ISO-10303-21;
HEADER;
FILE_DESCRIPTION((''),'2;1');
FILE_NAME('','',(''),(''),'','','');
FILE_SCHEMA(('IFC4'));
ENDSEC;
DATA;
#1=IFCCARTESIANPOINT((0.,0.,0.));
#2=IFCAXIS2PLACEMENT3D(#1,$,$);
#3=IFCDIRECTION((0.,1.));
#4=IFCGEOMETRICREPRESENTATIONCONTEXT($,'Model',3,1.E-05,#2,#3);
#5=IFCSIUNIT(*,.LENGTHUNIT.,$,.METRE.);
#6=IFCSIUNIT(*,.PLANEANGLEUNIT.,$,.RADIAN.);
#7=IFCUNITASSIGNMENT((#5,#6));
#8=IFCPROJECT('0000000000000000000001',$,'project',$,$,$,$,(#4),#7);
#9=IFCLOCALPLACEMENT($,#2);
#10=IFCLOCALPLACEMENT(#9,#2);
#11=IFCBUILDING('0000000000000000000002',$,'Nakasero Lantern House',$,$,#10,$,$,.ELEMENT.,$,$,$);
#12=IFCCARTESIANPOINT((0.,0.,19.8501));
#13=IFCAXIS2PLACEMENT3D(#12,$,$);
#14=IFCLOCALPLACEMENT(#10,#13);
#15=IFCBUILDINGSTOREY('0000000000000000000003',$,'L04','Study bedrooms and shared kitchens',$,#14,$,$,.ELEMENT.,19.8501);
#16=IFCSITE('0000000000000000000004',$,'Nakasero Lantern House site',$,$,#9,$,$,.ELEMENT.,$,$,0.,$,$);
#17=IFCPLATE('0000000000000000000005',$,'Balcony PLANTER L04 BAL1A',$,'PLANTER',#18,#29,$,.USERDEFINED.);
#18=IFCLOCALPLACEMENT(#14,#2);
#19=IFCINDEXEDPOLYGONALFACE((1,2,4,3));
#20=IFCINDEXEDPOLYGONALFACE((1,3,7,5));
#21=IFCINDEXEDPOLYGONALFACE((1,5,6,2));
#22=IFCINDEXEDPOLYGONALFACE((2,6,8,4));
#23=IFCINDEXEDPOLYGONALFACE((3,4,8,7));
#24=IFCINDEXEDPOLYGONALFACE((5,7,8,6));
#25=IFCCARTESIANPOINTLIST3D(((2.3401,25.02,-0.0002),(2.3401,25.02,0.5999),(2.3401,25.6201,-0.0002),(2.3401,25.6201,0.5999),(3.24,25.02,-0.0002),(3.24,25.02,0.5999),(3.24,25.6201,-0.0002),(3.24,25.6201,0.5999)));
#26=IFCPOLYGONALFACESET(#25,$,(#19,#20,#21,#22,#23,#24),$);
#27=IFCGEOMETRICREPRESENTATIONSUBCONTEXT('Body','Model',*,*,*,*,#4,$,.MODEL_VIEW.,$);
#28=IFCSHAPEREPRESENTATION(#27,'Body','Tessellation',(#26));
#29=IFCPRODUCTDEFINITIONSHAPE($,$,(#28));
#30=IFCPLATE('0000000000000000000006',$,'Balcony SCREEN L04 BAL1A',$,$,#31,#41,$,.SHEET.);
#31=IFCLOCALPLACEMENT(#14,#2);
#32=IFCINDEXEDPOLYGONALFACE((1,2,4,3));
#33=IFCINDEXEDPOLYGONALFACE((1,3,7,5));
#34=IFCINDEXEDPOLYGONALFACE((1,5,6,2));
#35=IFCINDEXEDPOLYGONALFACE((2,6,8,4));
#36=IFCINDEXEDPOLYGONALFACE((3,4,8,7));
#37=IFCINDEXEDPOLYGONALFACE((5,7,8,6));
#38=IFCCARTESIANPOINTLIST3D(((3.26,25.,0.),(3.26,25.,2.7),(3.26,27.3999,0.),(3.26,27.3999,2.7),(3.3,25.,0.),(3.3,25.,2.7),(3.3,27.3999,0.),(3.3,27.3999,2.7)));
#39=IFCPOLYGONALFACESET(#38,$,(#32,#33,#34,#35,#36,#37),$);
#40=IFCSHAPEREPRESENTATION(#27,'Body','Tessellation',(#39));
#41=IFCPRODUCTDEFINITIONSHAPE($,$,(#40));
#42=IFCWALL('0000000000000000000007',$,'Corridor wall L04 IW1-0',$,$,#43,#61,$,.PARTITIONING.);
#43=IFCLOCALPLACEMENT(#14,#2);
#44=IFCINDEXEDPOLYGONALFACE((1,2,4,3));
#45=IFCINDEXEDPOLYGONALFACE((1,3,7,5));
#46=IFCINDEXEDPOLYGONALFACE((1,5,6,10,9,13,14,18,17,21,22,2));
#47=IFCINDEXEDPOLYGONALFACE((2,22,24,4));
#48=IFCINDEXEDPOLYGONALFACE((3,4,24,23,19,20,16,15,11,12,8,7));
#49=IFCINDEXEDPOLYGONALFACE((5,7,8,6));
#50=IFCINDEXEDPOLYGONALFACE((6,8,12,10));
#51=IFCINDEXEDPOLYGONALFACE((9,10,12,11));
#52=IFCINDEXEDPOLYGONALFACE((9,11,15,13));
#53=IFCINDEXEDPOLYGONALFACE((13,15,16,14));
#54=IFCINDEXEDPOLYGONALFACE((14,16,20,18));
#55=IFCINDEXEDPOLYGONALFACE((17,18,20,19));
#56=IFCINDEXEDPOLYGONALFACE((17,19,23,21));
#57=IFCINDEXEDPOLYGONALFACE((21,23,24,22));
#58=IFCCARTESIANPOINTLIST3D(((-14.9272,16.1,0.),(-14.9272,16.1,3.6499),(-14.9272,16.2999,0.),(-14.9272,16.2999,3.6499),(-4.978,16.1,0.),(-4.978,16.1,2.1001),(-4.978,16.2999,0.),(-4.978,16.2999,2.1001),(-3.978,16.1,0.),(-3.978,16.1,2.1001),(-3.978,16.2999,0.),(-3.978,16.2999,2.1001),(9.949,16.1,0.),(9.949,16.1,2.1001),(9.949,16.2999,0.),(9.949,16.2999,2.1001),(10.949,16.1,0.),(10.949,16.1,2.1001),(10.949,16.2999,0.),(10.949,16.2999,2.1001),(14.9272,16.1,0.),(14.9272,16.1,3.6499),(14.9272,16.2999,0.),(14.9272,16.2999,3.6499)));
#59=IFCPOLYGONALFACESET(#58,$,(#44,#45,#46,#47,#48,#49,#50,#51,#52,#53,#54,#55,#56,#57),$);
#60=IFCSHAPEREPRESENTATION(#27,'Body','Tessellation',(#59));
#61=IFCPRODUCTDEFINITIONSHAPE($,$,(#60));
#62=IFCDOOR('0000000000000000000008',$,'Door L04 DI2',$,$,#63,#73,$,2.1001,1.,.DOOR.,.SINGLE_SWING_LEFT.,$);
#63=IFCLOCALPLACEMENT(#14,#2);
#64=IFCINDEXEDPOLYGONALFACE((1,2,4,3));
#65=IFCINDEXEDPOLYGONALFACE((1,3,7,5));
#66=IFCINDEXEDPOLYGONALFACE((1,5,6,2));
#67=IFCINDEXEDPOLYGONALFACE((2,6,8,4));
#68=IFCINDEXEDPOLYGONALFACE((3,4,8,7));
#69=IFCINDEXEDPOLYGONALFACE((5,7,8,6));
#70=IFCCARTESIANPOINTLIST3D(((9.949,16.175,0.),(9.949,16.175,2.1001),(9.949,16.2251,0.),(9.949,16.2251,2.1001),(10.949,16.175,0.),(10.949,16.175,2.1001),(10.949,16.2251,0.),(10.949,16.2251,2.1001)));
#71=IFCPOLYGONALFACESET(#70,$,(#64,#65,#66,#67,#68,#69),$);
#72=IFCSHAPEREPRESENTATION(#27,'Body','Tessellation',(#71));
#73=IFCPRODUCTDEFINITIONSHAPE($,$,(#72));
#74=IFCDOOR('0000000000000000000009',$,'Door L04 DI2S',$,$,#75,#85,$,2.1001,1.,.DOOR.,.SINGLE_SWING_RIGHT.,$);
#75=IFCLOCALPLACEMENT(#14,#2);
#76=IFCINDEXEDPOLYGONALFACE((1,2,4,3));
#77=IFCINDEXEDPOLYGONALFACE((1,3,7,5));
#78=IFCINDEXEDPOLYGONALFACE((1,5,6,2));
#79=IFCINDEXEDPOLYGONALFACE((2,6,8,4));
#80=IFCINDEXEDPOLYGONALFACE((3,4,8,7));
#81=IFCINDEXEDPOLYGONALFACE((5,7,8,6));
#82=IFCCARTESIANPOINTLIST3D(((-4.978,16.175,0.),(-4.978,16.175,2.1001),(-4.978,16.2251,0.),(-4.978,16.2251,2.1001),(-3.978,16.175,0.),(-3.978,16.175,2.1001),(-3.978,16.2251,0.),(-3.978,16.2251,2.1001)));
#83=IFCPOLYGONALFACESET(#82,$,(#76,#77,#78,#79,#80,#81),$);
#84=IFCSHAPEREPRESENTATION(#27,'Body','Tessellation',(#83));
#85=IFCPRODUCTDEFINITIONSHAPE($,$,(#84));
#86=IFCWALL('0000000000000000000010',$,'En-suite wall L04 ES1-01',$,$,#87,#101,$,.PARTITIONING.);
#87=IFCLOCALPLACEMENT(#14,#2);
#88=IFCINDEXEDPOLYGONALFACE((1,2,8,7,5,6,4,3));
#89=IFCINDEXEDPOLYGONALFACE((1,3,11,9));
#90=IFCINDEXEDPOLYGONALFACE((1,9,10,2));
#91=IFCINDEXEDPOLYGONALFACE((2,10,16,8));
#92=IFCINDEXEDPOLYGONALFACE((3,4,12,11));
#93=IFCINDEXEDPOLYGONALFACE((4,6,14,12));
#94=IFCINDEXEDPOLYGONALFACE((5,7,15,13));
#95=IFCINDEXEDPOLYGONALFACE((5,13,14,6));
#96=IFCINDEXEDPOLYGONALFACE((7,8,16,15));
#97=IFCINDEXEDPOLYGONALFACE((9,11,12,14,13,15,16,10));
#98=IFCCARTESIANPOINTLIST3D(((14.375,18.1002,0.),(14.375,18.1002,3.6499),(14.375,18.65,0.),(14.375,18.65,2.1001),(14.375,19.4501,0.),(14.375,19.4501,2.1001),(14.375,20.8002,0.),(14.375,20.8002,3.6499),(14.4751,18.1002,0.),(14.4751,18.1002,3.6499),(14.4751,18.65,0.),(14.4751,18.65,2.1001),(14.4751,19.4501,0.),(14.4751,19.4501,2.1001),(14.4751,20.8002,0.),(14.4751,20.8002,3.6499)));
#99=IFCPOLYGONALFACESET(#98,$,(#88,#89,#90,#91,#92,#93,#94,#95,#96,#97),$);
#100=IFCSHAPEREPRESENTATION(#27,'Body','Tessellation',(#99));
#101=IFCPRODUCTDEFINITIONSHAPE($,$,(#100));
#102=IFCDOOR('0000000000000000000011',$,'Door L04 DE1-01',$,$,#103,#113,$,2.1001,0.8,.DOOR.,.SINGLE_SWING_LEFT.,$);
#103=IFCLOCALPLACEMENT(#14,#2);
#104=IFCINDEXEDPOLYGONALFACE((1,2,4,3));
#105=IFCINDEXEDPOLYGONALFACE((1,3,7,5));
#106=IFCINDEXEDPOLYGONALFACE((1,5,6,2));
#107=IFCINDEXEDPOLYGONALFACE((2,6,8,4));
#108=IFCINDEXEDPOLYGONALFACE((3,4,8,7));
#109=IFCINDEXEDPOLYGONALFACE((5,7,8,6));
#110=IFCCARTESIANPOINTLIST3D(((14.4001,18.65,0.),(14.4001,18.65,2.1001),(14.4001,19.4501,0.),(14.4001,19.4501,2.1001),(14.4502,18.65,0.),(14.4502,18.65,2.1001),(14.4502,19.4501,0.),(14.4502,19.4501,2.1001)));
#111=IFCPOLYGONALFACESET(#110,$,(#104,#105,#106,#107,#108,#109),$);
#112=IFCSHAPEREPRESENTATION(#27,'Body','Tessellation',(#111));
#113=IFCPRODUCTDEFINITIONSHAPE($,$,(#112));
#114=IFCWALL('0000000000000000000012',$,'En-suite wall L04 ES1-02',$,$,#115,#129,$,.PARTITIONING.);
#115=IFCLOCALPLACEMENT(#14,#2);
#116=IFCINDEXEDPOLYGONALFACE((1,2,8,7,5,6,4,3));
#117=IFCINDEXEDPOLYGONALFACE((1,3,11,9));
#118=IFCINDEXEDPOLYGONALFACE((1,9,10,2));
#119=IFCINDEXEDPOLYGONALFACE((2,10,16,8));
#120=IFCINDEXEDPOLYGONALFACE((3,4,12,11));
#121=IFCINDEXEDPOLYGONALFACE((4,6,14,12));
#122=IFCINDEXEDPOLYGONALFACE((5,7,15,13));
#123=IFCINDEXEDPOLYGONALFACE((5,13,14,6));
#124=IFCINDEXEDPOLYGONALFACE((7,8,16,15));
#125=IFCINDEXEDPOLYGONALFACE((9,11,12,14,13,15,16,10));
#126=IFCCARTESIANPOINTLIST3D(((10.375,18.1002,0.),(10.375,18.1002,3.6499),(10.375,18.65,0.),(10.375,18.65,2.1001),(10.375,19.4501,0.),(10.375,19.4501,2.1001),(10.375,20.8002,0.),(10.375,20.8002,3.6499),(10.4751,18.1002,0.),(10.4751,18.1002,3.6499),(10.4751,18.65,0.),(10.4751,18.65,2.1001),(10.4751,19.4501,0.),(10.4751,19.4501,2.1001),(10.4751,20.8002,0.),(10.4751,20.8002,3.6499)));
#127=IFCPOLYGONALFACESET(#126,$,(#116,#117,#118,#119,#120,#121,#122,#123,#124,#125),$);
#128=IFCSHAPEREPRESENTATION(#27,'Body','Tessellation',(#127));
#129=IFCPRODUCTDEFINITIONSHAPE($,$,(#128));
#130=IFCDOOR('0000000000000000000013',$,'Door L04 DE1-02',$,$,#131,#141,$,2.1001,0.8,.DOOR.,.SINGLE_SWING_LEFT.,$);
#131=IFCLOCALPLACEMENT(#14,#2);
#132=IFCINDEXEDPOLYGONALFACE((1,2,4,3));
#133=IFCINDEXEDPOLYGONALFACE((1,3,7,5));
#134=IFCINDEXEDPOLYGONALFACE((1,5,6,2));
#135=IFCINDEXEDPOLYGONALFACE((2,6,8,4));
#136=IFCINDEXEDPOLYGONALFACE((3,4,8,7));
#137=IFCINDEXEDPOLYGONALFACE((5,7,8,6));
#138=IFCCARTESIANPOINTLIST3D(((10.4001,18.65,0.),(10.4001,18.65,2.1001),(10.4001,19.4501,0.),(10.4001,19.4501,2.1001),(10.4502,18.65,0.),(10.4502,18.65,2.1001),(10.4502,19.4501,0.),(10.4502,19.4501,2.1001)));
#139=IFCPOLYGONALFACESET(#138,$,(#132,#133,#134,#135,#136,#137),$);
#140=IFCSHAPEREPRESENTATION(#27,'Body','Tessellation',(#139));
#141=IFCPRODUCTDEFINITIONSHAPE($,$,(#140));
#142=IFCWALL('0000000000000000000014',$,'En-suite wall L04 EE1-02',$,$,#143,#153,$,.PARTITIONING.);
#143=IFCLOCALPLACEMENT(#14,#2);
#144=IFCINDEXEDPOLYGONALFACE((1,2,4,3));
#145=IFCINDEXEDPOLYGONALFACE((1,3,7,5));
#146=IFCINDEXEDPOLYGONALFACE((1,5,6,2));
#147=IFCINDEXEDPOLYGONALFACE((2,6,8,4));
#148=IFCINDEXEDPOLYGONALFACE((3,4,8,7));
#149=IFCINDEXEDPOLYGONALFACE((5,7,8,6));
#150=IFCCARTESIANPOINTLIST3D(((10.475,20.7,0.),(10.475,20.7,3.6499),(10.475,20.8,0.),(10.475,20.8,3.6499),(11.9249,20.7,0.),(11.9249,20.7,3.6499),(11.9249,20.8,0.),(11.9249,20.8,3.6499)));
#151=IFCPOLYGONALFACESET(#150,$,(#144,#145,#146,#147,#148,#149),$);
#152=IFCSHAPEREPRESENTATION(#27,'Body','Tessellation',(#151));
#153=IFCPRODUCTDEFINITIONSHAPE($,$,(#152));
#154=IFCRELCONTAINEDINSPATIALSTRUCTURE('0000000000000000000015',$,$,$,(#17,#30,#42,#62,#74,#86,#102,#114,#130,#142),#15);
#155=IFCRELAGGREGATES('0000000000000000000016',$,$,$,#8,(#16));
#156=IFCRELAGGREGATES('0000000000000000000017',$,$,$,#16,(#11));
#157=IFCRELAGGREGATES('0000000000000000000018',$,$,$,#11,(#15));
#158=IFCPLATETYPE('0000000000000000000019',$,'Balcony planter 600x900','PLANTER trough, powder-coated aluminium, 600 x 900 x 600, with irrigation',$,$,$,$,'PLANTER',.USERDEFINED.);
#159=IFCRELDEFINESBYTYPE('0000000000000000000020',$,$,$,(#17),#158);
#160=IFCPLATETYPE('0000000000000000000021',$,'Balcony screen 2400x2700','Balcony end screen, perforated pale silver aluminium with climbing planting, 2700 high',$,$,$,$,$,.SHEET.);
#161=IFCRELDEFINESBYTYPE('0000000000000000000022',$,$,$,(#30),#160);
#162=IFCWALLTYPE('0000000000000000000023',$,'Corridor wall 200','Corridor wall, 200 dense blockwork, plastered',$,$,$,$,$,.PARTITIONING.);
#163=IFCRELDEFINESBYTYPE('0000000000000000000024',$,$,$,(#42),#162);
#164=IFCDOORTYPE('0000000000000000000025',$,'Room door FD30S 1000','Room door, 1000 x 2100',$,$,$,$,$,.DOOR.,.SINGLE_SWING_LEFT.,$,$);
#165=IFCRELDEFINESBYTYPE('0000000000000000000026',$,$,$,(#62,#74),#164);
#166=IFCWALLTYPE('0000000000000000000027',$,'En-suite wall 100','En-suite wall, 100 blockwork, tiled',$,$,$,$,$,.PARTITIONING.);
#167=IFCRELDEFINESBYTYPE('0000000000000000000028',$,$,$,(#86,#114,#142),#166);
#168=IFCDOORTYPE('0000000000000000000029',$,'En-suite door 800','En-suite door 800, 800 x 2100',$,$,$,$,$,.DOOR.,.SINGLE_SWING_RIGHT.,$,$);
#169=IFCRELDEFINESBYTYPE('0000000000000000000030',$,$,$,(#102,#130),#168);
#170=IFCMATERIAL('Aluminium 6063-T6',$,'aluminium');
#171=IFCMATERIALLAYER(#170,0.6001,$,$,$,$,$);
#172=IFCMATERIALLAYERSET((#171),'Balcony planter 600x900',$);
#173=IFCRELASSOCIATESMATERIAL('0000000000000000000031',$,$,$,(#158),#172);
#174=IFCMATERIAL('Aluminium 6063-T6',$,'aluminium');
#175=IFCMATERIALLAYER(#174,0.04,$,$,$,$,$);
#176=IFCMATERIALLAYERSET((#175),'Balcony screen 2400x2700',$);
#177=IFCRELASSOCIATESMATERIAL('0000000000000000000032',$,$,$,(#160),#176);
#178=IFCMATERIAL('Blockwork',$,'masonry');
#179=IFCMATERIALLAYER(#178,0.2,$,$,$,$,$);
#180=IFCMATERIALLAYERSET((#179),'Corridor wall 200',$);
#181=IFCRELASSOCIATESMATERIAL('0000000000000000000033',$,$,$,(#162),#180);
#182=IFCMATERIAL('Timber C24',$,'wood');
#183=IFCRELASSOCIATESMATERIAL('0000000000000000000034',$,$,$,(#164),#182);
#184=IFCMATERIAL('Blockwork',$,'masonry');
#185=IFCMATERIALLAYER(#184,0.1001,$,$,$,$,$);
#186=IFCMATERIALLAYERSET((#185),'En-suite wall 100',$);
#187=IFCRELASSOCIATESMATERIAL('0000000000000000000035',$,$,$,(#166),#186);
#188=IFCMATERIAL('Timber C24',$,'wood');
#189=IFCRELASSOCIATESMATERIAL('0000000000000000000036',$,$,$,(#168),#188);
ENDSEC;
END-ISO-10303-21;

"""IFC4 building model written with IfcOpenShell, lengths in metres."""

from ifc_helpers import new_model, si_unit, direction, frame, frame_2d, origin, origin_2d, place, context, subcontext, project, spatial, rectangle, extrude, material, layer, layer_set, type_object, element, fill, save


model = new_model("IFC4")

# Units and contexts
model_context = context("Model", 3, precision=1e-05, world=origin(), true_north=direction((0.0, 1.0)))
body_context = subcontext(model_context, "Body", "Model", "MODEL_VIEW")
ifc_project = project(units=[si_unit("LENGTHUNIT", "METRE"), si_unit("PLANEANGLEUNIT", "RADIAN")], contexts=[model_context])

# Site, building, storey
site_placement = place(None, origin())
site = spatial("IfcSite", under=ifc_project, at=site_placement, Name="Nakasero Lantern House site", CompositionType="ELEMENT", RefElevation=0.0)
building_placement = place(site_placement, origin())
building = spatial("IfcBuilding", under=site, at=building_placement, Name="Nakasero Lantern House", CompositionType="ELEMENT")
storey_placement = place(building_placement, frame((0.0, 0.0, 19.8501)))
storey = spatial("IfcBuildingStorey", under=building, at=storey_placement, Name="L04", Description="Study bedrooms and shared kitchens", CompositionType="ELEMENT", Elevation=19.8501)

# Plates
ifc_material_1 = material(Name="Aluminium 6063-T6", Category="aluminium")
ifc_layer_1 = layer(ifc_material_1, 0.6001)
ifc_layer_set_1 = layer_set([ifc_layer_1], Name="Balcony planter 600x900")
plate_type_1 = type_object("IfcPlateType", Name="Balcony planter 600x900", Description="PLANTER trough, powder-coated aluminium, 600 x 900 x 600, with irrigation", ElementType="PLANTER", PredefinedType="USERDEFINED", material=ifc_layer_set_1)
plate_1_placement = place(storey_placement, frame((2.79, 25.3201, -0.0002), z_axis=(0.0, 0.0, 1.0), x_axis=(0.0, 1.0, 0.0)))
element("IfcPlate", 1, at=plate_1_placement, inside=storey, type_object=plate_type_1, Name="Balcony PLANTER L04 BAL1A", ObjectType="PLANTER", PredefinedType="USERDEFINED", context=body_context, shape_type="SweptSolid", body=[
    extrude(rectangle(XDim=0.6001, YDim=0.8999, at=origin_2d()), origin(), (0.0, 0.0, 1.0), 0.6001),
])
ifc_material_2 = material(Name="Aluminium 6063-T6", Category="aluminium")
ifc_layer_2 = layer(ifc_material_2, 0.04)
ifc_layer_set_2 = layer_set([ifc_layer_2], Name="Balcony screen 2400x2700")
plate_type_2 = type_object("IfcPlateType", Name="Balcony screen 2400x2700", Description="Balcony end screen, perforated pale silver aluminium with climbing planting, 2700 high", PredefinedType="SHEET", material=ifc_layer_set_2)
plate_2_placement = place(storey_placement, frame((3.28, 26.2, 0.0), z_axis=(0.0, 0.0, 1.0), x_axis=(0.0, 1.0, 0.0)))
element("IfcPlate", 2, at=plate_2_placement, inside=storey, type_object=plate_type_2, Name="Balcony SCREEN L04 BAL1A", PredefinedType="SHEET", context=body_context, shape_type="SweptSolid", body=[
    extrude(rectangle(XDim=2.3999, YDim=0.04, at=origin_2d()), origin(), (0.0, 0.0, 1.0), 2.7),
])

# Wall, openings, doors
ifc_material_3 = material(Name="Blockwork", Category="masonry")
ifc_layer_3 = layer(ifc_material_3, 0.2)
ifc_layer_set_3 = layer_set([ifc_layer_3], Name="Corridor wall 200")
wall_type_1 = type_object("IfcWallType", Name="Corridor wall 200", Description="Corridor wall, 200 dense blockwork, plastered", PredefinedType="PARTITIONING", material=ifc_layer_set_3)
wall_1_placement = place(storey_placement, frame((14.9272, 16.2, 0.0), z_axis=(0.0, 0.0, 1.0), x_axis=(-1.0, 0.0, 0.0)))
wall_1 = element("IfcWall", 3, at=wall_1_placement, inside=storey, type_object=wall_type_1, Name="Corridor wall L04 IW1-0", PredefinedType="PARTITIONING", context=body_context, shape_type="SweptSolid", body=[
    extrude(rectangle(XDim=29.8545, YDim=0.2, at=frame_2d((14.9272, 0.0))), origin(), (0.0, 0.0, 1.0), 3.6499),
])
opening_1_placement = place(wall_1_placement, frame((3.9783, 0.0, 0.0)))
opening_1 = element("IfcOpeningElement", 4, at=opening_1_placement, cuts=wall_1, PredefinedType="OPENING", context=body_context, shape_type="SweptSolid", body=[
    extrude(rectangle(XDim=1.0, YDim=2.1001, at=frame_2d((0.5, 1.05))), frame((0.0, 0.1199, 0.0), z_axis=(0.0, -1.0, 0.0), x_axis=(1.0, 0.0, 0.0)), (0.0, 0.0, 1.0), 0.24),
])
opening_2_placement = place(wall_1_placement, frame((18.9053, 0.0, 0.0)))
opening_2 = element("IfcOpeningElement", 5, at=opening_2_placement, cuts=wall_1, PredefinedType="OPENING", context=body_context, shape_type="SweptSolid", body=[
    extrude(rectangle(XDim=1.0, YDim=2.1001, at=frame_2d((0.5, 1.05))), frame((0.0, 0.1199, 0.0), z_axis=(0.0, -1.0, 0.0), x_axis=(1.0, 0.0, 0.0)), (0.0, 0.0, 1.0), 0.24),
])
ifc_material_4 = material(Name="Timber C24", Category="wood")
door_type_1 = type_object("IfcDoorType", Name="Room door FD30S 1000", Description="Room door, 1000 x 2100", OperationType="SINGLE_SWING_LEFT", PredefinedType="DOOR", material=ifc_material_4)
door_1_placement = place(opening_1_placement, origin())
door_1 = element("IfcDoor", 6, at=door_1_placement, inside=storey, type_object=door_type_1, Name="Door L04 DI2", OperationType="SINGLE_SWING_LEFT", OverallHeight=2.1001, OverallWidth=1.0, PredefinedType="DOOR", context=body_context, shape_type="SweptSolid", body=[
    extrude(rectangle(XDim=1.0, YDim=2.1001, at=frame_2d((0.5, 1.05))), frame((0.0, 0.0249, 0.0), z_axis=(0.0, -1.0, 0.0), x_axis=(1.0, 0.0, 0.0)), (0.0, 0.0, 1.0), 0.05),
])
fill(opening_1, door_1)
door_2_placement = place(opening_2_placement, origin())
door_2 = element("IfcDoor", 7, at=door_2_placement, inside=storey, type_object=door_type_1, Name="Door L04 DI2S", OperationType="SINGLE_SWING_RIGHT", OverallHeight=2.1001, OverallWidth=1.0, PredefinedType="DOOR", context=body_context, shape_type="SweptSolid", body=[
    extrude(rectangle(XDim=1.0, YDim=2.1001, at=frame_2d((0.5, 1.05))), frame((0.0, 0.0249, 0.0), z_axis=(0.0, -1.0, 0.0), x_axis=(1.0, 0.0, 0.0)), (0.0, 0.0, 1.0), 0.05),
])
fill(opening_2, door_2)

# Walls, openings, doors
ifc_material_5 = material(Name="Blockwork", Category="masonry")
ifc_layer_4 = layer(ifc_material_5, 0.1001)
ifc_layer_set_4 = layer_set([ifc_layer_4], Name="En-suite wall 100")
wall_type_2 = type_object("IfcWallType", Name="En-suite wall 100", Description="En-suite wall, 100 blockwork, tiled", PredefinedType="PARTITIONING", material=ifc_layer_set_4)
wall_2_placement = place(storey_placement, frame((14.425, 18.1001, 0.0), z_axis=(0.0, 0.0, 1.0), x_axis=(0.0, 1.0, 0.0)))
wall_2 = element("IfcWall", 8, at=wall_2_placement, inside=storey, type_object=wall_type_2, Name="En-suite wall L04 ES1-01", PredefinedType="PARTITIONING", context=body_context, shape_type="SweptSolid", body=[
    extrude(rectangle(XDim=2.7, YDim=0.1001, at=frame_2d((1.3501, 0.0))), origin(), (0.0, 0.0, 1.0), 3.6499),
])
opening_3_placement = place(wall_2_placement, frame((0.55, 0.0, 0.0)))
opening_3 = element("IfcOpeningElement", 9, at=opening_3_placement, cuts=wall_2, PredefinedType="OPENING", context=body_context, shape_type="SweptSolid", body=[
    extrude(rectangle(XDim=0.8, YDim=2.1001, at=frame_2d((0.3999, 1.05))), frame((0.0, 0.0701, 0.0), z_axis=(0.0, -1.0, 0.0), x_axis=(1.0, 0.0, 0.0)), (0.0, 0.0, 1.0), 0.1401),
])
ifc_material_6 = material(Name="Timber C24", Category="wood")
door_type_2 = type_object("IfcDoorType", Name="En-suite door 800", Description="En-suite door 800, 800 x 2100", OperationType="SINGLE_SWING_RIGHT", PredefinedType="DOOR", material=ifc_material_6)
door_3_placement = place(opening_3_placement, origin())
door_3 = element("IfcDoor", 10, at=door_3_placement, inside=storey, type_object=door_type_2, Name="Door L04 DE1-01", OperationType="SINGLE_SWING_LEFT", OverallHeight=2.1001, OverallWidth=0.8, PredefinedType="DOOR", context=body_context, shape_type="SweptSolid", body=[
    extrude(rectangle(XDim=0.8, YDim=2.1001, at=frame_2d((0.3999, 1.05))), frame((0.0, 0.0249, 0.0), z_axis=(0.0, -1.0, 0.0), x_axis=(1.0, 0.0, 0.0)), (0.0, 0.0, 1.0), 0.05),
])
fill(opening_3, door_3)
wall_3_placement = place(storey_placement, frame((10.425, 18.1001, 0.0), z_axis=(0.0, 0.0, 1.0), x_axis=(0.0, 1.0, 0.0)))
wall_3 = element("IfcWall", 11, at=wall_3_placement, inside=storey, type_object=wall_type_2, Name="En-suite wall L04 ES1-02", PredefinedType="PARTITIONING", context=body_context, shape_type="SweptSolid", body=[
    extrude(rectangle(XDim=2.7, YDim=0.1001, at=frame_2d((1.3501, 0.0))), origin(), (0.0, 0.0, 1.0), 3.6499),
])
opening_4_placement = place(wall_3_placement, frame((0.55, 0.0, 0.0)))
opening_4 = element("IfcOpeningElement", 12, at=opening_4_placement, cuts=wall_3, PredefinedType="OPENING", context=body_context, shape_type="SweptSolid", body=[
    extrude(rectangle(XDim=0.8, YDim=2.1001, at=frame_2d((0.3999, 1.05))), frame((0.0, 0.0701, 0.0), z_axis=(0.0, -1.0, 0.0), x_axis=(1.0, 0.0, 0.0)), (0.0, 0.0, 1.0), 0.1401),
])
door_4_placement = place(opening_4_placement, origin())
door_4 = element("IfcDoor", 13, at=door_4_placement, inside=storey, type_object=door_type_2, Name="Door L04 DE1-02", OperationType="SINGLE_SWING_LEFT", OverallHeight=2.1001, OverallWidth=0.8, PredefinedType="DOOR", context=body_context, shape_type="SweptSolid", body=[
    extrude(rectangle(XDim=0.8, YDim=2.1001, at=frame_2d((0.3999, 1.05))), frame((0.0, 0.0249, 0.0), z_axis=(0.0, -1.0, 0.0), x_axis=(1.0, 0.0, 0.0)), (0.0, 0.0, 1.0), 0.05),
])
fill(opening_4, door_4)

# Wall
wall_4_placement = place(storey_placement, frame((11.925, 20.75, 0.0), z_axis=(0.0, 0.0, 1.0), x_axis=(-1.0, 0.0, 0.0)))
element("IfcWall", 14, at=wall_4_placement, inside=storey, type_object=wall_type_2, Name="En-suite wall L04 EE1-02", PredefinedType="PARTITIONING", context=body_context, shape_type="SweptSolid", body=[
    extrude(rectangle(XDim=1.45, YDim=0.1001, at=frame_2d((0.7251, 0.0))), origin(), (0.0, 0.0, 1.0), 3.6499),
])

save(model, "model.ifc")
